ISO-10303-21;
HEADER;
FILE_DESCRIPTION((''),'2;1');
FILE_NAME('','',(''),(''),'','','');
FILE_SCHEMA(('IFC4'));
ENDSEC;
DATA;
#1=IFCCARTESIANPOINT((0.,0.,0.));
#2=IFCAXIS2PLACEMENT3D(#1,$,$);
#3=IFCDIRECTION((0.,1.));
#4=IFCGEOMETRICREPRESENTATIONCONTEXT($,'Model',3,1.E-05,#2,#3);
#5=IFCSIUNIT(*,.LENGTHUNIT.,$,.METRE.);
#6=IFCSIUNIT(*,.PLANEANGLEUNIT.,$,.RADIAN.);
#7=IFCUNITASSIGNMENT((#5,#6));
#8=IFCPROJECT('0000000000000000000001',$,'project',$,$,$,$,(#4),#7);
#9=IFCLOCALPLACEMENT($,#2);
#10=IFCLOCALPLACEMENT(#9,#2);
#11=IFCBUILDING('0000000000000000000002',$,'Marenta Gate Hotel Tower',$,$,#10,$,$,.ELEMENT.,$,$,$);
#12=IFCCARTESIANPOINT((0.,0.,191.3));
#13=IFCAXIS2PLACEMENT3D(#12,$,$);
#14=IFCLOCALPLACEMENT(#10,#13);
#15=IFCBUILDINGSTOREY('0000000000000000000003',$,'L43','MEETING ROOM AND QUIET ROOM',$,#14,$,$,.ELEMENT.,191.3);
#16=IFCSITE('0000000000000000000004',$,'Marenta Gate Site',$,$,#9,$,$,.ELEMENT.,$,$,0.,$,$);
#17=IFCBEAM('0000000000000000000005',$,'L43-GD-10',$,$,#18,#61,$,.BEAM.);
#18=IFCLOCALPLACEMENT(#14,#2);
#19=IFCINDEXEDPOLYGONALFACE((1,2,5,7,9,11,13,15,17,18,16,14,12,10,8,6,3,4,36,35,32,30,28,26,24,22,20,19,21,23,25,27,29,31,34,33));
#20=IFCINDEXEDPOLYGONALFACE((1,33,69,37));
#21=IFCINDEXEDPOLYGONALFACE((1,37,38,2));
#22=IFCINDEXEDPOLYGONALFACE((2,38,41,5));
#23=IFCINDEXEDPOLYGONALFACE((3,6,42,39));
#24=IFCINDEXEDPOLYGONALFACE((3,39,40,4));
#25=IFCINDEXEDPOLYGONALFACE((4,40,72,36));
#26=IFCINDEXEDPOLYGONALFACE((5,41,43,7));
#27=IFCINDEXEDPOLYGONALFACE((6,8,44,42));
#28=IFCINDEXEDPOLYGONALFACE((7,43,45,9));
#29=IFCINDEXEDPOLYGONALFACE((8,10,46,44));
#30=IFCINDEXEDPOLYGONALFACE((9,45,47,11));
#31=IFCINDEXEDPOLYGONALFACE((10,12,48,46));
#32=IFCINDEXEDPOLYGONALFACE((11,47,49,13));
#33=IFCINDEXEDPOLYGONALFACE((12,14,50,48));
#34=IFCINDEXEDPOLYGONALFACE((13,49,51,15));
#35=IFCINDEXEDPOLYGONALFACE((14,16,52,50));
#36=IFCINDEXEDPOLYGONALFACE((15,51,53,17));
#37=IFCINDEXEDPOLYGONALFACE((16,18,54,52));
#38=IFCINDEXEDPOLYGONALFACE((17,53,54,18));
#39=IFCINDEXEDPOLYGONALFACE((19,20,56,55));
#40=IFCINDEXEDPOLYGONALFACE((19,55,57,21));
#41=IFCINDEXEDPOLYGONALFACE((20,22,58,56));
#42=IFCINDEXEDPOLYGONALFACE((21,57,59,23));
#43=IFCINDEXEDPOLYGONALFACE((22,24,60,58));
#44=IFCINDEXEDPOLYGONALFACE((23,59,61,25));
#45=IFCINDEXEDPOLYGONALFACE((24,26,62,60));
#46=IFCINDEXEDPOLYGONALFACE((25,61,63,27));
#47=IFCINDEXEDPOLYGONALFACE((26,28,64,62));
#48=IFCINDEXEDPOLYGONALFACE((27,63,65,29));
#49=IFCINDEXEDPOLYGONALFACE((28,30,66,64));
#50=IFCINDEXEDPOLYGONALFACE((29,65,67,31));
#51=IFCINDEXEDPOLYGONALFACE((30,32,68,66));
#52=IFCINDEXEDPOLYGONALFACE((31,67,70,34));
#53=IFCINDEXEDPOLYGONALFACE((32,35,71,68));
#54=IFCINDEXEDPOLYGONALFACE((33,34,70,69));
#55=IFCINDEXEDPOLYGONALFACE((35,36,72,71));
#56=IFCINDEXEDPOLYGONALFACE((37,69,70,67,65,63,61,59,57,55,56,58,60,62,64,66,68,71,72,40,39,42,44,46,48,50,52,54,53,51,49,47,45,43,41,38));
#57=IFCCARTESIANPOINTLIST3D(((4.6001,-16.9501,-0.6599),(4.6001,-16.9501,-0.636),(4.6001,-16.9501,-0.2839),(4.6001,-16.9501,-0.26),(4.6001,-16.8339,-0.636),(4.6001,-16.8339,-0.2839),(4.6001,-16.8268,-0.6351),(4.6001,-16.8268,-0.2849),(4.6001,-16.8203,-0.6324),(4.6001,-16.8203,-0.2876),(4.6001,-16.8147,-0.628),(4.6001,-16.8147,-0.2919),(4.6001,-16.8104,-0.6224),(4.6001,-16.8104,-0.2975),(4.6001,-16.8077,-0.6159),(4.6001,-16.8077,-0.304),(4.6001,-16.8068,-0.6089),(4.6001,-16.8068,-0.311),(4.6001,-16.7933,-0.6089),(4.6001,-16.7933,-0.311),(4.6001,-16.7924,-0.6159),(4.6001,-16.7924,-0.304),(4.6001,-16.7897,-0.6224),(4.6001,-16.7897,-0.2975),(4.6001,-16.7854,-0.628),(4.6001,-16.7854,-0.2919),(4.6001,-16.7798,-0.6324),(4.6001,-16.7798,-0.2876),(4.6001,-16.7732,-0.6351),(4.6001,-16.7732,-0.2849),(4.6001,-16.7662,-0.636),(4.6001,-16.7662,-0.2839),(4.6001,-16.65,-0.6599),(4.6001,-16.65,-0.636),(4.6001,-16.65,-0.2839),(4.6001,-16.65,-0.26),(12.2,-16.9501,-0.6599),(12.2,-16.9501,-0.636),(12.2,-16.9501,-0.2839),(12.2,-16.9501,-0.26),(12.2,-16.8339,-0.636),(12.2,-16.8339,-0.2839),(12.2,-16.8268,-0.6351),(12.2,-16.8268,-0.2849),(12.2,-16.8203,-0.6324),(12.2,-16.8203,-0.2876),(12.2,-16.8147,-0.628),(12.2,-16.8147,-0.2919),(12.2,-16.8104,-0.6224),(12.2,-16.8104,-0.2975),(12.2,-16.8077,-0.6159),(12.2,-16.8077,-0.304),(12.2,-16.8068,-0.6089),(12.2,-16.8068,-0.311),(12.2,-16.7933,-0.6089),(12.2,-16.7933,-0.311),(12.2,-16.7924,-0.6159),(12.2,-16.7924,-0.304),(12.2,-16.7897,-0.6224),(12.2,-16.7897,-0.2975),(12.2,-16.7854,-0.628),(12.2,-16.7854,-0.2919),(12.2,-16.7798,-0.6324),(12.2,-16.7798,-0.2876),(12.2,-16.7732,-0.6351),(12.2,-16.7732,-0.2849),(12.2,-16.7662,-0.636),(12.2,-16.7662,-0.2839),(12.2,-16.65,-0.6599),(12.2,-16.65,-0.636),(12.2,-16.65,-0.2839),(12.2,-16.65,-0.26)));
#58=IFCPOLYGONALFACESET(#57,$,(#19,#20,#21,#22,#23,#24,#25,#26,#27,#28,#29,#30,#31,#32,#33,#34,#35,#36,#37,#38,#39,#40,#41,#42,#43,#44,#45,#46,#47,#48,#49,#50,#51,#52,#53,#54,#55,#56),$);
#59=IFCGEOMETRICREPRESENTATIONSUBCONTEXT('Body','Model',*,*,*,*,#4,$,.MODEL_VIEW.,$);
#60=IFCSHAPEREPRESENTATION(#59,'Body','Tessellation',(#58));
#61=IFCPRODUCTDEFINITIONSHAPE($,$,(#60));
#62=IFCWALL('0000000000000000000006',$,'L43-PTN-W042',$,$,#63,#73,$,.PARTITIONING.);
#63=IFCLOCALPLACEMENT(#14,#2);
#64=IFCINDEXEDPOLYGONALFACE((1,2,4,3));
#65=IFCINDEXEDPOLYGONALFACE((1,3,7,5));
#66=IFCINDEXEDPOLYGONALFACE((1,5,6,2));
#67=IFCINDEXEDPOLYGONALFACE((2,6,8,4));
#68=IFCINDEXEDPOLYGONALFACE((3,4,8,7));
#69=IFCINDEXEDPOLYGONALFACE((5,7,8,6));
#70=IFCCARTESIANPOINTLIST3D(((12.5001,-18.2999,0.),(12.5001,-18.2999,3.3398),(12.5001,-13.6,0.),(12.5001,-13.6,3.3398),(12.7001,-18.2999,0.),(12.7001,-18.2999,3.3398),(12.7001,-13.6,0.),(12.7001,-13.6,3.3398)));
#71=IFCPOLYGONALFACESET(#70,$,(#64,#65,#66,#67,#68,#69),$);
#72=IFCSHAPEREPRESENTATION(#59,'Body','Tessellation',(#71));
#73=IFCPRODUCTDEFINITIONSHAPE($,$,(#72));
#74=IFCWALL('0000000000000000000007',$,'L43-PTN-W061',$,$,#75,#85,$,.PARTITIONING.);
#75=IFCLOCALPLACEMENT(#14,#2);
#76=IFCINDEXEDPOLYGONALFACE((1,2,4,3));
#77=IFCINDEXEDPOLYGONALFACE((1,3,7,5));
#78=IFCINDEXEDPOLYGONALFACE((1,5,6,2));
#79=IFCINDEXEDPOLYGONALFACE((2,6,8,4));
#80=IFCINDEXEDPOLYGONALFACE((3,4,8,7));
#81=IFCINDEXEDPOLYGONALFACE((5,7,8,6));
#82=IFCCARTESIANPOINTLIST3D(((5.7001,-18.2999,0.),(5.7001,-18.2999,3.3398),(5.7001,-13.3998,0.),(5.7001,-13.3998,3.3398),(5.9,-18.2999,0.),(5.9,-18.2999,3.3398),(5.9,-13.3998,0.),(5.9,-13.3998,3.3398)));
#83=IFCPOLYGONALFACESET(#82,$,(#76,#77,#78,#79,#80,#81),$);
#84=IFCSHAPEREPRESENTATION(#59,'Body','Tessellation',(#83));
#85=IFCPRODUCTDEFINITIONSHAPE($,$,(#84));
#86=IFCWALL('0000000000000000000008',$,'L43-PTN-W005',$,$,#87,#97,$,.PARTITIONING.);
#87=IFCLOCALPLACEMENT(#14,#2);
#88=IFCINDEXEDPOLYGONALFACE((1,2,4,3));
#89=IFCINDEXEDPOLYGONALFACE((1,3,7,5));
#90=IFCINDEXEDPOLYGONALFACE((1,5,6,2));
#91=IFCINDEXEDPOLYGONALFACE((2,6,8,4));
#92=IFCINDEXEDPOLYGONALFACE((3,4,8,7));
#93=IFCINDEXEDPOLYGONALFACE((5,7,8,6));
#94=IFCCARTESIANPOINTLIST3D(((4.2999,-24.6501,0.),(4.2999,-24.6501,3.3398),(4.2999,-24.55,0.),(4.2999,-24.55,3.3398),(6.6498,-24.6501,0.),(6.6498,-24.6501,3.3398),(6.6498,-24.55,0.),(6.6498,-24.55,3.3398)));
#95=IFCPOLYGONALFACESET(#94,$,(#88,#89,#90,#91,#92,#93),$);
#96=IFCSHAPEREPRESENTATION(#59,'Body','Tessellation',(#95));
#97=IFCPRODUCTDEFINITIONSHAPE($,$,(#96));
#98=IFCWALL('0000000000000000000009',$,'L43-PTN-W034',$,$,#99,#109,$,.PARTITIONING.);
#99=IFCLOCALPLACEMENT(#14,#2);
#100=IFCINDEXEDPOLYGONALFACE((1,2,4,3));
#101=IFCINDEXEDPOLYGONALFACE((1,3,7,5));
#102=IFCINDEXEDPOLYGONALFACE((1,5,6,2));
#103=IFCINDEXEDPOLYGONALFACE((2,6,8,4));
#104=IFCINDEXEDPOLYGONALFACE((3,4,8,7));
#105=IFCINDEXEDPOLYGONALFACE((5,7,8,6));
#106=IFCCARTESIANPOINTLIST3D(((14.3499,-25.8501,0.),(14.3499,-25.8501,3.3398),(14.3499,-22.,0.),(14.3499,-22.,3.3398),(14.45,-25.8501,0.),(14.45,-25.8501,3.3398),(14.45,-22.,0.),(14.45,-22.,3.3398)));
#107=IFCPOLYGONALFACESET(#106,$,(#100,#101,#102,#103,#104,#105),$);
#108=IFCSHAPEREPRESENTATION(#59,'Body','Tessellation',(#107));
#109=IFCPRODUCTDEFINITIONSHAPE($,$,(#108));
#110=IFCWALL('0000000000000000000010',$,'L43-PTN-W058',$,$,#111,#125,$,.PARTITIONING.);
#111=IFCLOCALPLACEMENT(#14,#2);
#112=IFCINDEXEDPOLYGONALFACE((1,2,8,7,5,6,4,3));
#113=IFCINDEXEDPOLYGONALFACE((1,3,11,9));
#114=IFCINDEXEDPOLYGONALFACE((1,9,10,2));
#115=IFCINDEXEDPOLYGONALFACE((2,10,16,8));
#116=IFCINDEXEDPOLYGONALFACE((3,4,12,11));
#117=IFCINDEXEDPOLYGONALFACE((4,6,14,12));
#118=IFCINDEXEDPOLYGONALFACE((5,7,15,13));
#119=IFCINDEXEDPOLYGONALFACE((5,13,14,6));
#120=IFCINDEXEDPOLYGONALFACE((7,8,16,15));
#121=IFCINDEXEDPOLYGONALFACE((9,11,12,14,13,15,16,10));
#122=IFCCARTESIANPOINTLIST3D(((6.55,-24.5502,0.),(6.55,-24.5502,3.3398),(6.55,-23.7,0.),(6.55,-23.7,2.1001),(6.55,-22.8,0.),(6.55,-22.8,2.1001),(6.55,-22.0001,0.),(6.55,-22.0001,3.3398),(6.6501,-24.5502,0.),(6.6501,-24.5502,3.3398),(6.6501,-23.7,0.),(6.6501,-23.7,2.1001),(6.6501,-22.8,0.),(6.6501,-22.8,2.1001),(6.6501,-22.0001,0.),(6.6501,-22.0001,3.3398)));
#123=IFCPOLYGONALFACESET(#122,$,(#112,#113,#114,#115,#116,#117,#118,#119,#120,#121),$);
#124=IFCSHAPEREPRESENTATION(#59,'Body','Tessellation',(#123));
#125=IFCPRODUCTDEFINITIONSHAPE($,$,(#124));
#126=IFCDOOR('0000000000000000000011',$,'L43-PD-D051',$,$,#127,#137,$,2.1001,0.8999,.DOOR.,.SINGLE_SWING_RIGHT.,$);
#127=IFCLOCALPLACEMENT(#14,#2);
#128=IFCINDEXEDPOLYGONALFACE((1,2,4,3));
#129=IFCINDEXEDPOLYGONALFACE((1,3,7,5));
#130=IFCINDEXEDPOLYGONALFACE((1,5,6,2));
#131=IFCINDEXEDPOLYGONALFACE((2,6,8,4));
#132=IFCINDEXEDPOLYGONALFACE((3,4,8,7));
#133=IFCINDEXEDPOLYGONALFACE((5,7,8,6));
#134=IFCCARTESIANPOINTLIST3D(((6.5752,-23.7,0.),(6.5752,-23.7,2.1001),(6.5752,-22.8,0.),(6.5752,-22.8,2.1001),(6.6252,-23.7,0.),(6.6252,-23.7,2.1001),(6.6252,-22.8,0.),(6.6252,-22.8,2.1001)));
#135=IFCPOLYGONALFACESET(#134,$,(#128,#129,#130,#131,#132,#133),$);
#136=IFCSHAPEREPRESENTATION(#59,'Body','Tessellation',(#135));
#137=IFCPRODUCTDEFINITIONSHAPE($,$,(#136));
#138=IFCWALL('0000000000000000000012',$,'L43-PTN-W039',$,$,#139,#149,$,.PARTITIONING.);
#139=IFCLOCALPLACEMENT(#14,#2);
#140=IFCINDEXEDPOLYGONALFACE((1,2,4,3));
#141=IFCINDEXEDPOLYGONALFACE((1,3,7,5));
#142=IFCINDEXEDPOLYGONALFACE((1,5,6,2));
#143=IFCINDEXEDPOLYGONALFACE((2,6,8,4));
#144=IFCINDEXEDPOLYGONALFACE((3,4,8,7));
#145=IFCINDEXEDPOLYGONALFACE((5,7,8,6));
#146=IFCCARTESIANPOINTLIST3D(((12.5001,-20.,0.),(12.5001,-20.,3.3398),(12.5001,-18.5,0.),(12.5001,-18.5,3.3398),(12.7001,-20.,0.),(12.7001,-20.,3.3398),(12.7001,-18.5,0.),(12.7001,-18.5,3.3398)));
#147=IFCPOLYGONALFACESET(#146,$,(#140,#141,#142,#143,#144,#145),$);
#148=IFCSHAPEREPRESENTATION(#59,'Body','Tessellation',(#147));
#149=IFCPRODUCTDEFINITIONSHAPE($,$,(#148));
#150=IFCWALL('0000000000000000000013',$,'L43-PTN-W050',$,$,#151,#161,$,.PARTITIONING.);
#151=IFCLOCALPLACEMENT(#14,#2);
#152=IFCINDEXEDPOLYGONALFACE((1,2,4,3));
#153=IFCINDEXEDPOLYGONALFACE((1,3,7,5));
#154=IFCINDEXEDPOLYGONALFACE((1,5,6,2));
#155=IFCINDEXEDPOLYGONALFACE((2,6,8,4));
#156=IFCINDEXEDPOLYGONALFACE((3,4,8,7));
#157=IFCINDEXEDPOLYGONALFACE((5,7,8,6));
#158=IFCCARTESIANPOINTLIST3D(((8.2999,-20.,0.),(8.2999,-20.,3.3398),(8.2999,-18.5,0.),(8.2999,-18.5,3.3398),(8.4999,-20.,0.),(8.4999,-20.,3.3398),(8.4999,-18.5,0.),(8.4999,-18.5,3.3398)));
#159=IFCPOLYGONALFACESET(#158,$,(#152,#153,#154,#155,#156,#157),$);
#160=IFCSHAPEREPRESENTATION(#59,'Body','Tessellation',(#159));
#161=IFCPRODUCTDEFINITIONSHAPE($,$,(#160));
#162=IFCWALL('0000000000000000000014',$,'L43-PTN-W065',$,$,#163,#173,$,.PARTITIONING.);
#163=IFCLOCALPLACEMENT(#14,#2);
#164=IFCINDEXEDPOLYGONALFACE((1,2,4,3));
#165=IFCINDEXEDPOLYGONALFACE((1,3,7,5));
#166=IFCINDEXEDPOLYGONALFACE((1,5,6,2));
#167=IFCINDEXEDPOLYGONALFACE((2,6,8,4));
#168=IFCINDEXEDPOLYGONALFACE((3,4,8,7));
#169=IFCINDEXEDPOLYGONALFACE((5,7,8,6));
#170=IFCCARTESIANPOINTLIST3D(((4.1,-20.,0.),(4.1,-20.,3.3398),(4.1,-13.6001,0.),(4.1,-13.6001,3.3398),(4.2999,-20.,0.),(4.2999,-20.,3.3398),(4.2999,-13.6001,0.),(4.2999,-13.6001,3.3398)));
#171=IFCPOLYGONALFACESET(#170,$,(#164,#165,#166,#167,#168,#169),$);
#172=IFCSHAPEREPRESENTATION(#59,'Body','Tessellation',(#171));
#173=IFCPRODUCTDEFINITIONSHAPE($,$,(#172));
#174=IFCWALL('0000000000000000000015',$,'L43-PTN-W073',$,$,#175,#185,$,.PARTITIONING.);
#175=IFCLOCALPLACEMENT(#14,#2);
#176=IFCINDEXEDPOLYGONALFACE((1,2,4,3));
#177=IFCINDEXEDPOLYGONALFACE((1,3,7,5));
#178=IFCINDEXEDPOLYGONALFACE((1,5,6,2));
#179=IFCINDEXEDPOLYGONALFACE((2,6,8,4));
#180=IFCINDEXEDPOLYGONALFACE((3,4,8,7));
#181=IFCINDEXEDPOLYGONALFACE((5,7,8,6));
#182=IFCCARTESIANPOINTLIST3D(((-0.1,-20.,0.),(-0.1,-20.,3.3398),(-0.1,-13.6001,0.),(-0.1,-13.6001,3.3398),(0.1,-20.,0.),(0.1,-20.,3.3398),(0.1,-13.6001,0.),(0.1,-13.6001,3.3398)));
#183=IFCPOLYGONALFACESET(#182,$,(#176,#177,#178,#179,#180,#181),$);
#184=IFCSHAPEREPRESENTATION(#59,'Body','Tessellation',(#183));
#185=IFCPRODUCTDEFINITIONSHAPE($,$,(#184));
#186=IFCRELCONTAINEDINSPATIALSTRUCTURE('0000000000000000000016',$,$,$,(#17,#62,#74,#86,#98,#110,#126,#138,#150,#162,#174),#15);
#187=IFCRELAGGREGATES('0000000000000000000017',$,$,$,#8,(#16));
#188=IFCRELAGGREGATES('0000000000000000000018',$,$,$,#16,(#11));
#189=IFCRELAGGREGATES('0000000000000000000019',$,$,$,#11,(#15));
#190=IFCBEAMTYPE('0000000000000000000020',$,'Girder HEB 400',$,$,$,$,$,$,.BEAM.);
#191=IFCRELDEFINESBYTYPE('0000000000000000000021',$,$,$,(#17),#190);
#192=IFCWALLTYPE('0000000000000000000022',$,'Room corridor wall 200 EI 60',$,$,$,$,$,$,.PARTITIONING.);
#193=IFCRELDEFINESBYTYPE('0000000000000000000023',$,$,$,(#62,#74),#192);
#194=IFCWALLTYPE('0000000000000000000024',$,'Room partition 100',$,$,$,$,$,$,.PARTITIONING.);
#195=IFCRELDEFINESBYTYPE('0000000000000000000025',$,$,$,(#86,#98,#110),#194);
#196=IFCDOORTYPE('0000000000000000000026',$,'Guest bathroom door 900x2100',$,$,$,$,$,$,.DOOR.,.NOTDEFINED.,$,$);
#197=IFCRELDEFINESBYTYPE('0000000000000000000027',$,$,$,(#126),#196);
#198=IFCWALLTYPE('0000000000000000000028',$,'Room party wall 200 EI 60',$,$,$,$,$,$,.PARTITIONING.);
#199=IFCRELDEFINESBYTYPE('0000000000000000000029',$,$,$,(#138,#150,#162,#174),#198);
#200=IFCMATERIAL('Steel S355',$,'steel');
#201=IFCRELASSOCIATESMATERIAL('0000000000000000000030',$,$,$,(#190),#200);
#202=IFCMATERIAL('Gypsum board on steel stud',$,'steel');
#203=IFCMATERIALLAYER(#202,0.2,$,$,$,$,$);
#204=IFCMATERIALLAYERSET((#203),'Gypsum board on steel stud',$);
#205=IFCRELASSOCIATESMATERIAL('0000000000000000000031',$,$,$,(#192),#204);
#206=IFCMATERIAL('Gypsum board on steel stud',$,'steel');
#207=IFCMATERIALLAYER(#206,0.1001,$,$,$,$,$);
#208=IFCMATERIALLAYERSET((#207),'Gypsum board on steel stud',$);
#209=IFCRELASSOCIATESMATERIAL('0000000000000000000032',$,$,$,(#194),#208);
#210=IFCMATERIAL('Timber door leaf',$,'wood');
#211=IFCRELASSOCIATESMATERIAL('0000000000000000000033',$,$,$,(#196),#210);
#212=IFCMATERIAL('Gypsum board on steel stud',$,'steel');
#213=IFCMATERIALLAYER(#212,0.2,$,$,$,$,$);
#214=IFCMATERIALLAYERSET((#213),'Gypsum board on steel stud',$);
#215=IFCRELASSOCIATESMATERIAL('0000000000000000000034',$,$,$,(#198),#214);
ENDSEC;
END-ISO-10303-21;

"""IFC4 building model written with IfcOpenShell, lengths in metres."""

from ifc_helpers import new_model, si_unit, direction, frame, frame_2d, origin, origin_2d, place, context, subcontext, project, spatial, rectangle, i_section, extrude, material, layer, layer_set, material_profile, profile_set, type_object, element, fill, save


model = new_model("IFC4")

# Units and contexts
model_context = context("Model", 3, precision=1e-05, world=origin(), true_north=direction((0.0, 1.0)))
body_context = subcontext(model_context, "Body", "Model", "MODEL_VIEW")
ifc_project = project(units=[si_unit("LENGTHUNIT", "METRE"), si_unit("PLANEANGLEUNIT", "RADIAN")], contexts=[model_context])

# Site, building, storey
site_placement = place(None, origin())
site = spatial("IfcSite", under=ifc_project, at=site_placement, Name="Marenta Gate Site", CompositionType="ELEMENT", RefElevation=0.0)
building_placement = place(site_placement, origin())
building = spatial("IfcBuilding", under=site, at=building_placement, Name="Marenta Gate Hotel Tower", CompositionType="ELEMENT")
storey_placement = place(building_placement, frame((0.0, 0.0, 191.3)))
storey = spatial("IfcBuildingStorey", under=building, at=storey_placement, Name="L43", Description="MEETING ROOM AND QUIET ROOM", CompositionType="ELEMENT", Elevation=191.3)

# Beam
ifc_material_1 = material(Name="Steel S355", Category="steel")
ifc_material_profile_1 = material_profile(ifc_material_1, i_section(OverallWidth=0.3, OverallDepth=0.3999, WebThickness=0.0134, FlangeThickness=0.0239, FilletRadius=0.0271, at=origin_2d()), Name="HEB 400")
ifc_profile_set_1 = profile_set([ifc_material_profile_1], Name="Steel S355")
beam_type_1 = type_object("IfcBeamType", Name="Girder HEB 400", PredefinedType="BEAM", material=ifc_profile_set_1)
beam_1_placement = place(storey_placement, frame((4.6001, -16.8, -0.46), z_axis=(1.0, 0.0, 0.0), x_axis=(0.0, 1.0, 0.0)))
element("IfcBeam", 1, at=beam_1_placement, inside=storey, type_object=beam_type_1, Name="L43-GD-10", PredefinedType="BEAM", context=body_context, shape_type="SweptSolid", body=[
    extrude(i_section(OverallWidth=0.3, OverallDepth=0.3999, WebThickness=0.0134, FlangeThickness=0.0239, FilletRadius=0.0271, at=origin_2d()), origin(), (0.0, 0.0, 1.0), 7.5999),
])

# Shared definitions
ifc_material_2 = material(Name="Gypsum board on steel stud", Category="steel")
ifc_layer_1 = layer(ifc_material_2, 0.2)
ifc_layer_set_1 = layer_set([ifc_layer_1], Name="Gypsum board on steel stud")
wall_type_1 = type_object("IfcWallType", Name="Room corridor wall 200 EI 60", PredefinedType="PARTITIONING", material=ifc_layer_set_1)

# Walls
wall_1_placement = place(storey_placement, frame((12.6001, -18.3, 0.0), z_axis=(0.0, 0.0, 1.0), x_axis=(0.0, 1.0, 0.0)))
element("IfcWall", 2, at=wall_1_placement, inside=storey, type_object=wall_type_1, Name="L43-PTN-W042", PredefinedType="PARTITIONING", context=body_context, shape_type="SweptSolid", body=[
    extrude(rectangle(XDim=4.7, YDim=0.2, at=frame_2d((2.3501, 0.0))), origin(), (0.0, 0.0, 1.0), 3.3398),
])
wall_2_placement = place(storey_placement, frame((5.8, -18.3, 0.0), z_axis=(0.0, 0.0, 1.0), x_axis=(0.0, 1.0, 0.0)))
element("IfcWall", 3, at=wall_2_placement, inside=storey, type_object=wall_type_1, Name="L43-PTN-W061", PredefinedType="PARTITIONING", context=body_context, shape_type="SweptSolid", body=[
    extrude(rectangle(XDim=4.9001, YDim=0.2, at=frame_2d((2.4502, 0.0))), origin(), (0.0, 0.0, 1.0), 3.3398),
])
ifc_material_3 = material(Name="Gypsum board on steel stud", Category="steel")
ifc_layer_2 = layer(ifc_material_3, 0.1001)
ifc_layer_set_2 = layer_set([ifc_layer_2], Name="Gypsum board on steel stud")
wall_type_2 = type_object("IfcWallType", Name="Room partition 100", PredefinedType="PARTITIONING", material=ifc_layer_set_2)
wall_3_placement = place(storey_placement, frame((4.3, -24.6001, 0.0), z_axis=(0.0, 0.0, 1.0), x_axis=(1.0, 0.0, 0.0)))
element("IfcWall", 4, at=wall_3_placement, inside=storey, type_object=wall_type_2, Name="L43-PTN-W005", PredefinedType="PARTITIONING", context=body_context, shape_type="SweptSolid", body=[
    extrude(rectangle(XDim=2.3499, YDim=0.1001, at=frame_2d((1.1748, 0.0))), origin(), (0.0, 0.0, 1.0), 3.3398),
])
wall_4_placement = place(storey_placement, frame((14.3999, -25.8501, 0.0), z_axis=(0.0, 0.0, 1.0), x_axis=(0.0, 1.0, 0.0)))
element("IfcWall", 5, at=wall_4_placement, inside=storey, type_object=wall_type_2, Name="L43-PTN-W034", PredefinedType="PARTITIONING", context=body_context, shape_type="SweptSolid", body=[
    extrude(rectangle(XDim=3.8501, YDim=0.1001, at=frame_2d((1.925, 0.0))), origin(), (0.0, 0.0, 1.0), 3.3398),
])

# Wall, opening, door
wall_5_placement = place(storey_placement, frame((6.6001, -24.55, 0.0), z_axis=(0.0, 0.0, 1.0), x_axis=(0.0, 1.0, 0.0)))
wall_5 = element("IfcWall", 6, at=wall_5_placement, inside=storey, type_object=wall_type_2, Name="L43-PTN-W058", PredefinedType="PARTITIONING", context=body_context, shape_type="SweptSolid", body=[
    extrude(rectangle(XDim=2.55, YDim=0.1001, at=frame_2d((1.2749, 0.0))), origin(), (0.0, 0.0, 1.0), 3.3398),
])
opening_1_placement = place(wall_5_placement, frame((0.8501, 0.0, 0.0)))
opening_1 = element("IfcOpeningElement", 7, at=opening_1_placement, cuts=wall_5, PredefinedType="OPENING", context=body_context, shape_type="SweptSolid", body=[
    extrude(rectangle(XDim=0.8999, YDim=2.1001, at=frame_2d((0.45, 1.05))), frame((0.0, 0.05, 0.0), z_axis=(0.0, -1.0, 0.0), x_axis=(1.0, 0.0, 0.0)), (0.0, 0.0, 1.0), 0.1001),
])
ifc_material_4 = material(Name="Timber door leaf", Category="wood")
door_type_1 = type_object("IfcDoorType", Name="Guest bathroom door 900x2100", OperationType="NOTDEFINED", PredefinedType="DOOR", material=ifc_material_4)
door_1_placement = place(opening_1_placement, origin())
door_1 = element("IfcDoor", 8, at=door_1_placement, inside=storey, type_object=door_type_1, Name="L43-PD-D051", OperationType="SINGLE_SWING_RIGHT", OverallHeight=2.1001, OverallWidth=0.8999, PredefinedType="DOOR", context=body_context, shape_type="SweptSolid", body=[
    extrude(rectangle(XDim=0.8999, YDim=2.1001, at=frame_2d((0.45, 1.05))), frame((0.0, 0.0249, 0.0), z_axis=(0.0, -1.0, 0.0), x_axis=(1.0, 0.0, 0.0)), (0.0, 0.0, 1.0), 0.05),
])
fill(opening_1, door_1)

# Walls
ifc_material_5 = material(Name="Gypsum board on steel stud", Category="steel")
ifc_layer_3 = layer(ifc_material_5, 0.2)
ifc_layer_set_3 = layer_set([ifc_layer_3], Name="Gypsum board on steel stud")
wall_type_3 = type_object("IfcWallType", Name="Room party wall 200 EI 60", PredefinedType="PARTITIONING", material=ifc_layer_set_3)
for number, where, z_axis, x_axis, name in (
    (9, (12.6001, -20.0, 0.0), (0.0, 0.0, 1.0), (0.0, 1.0, 0.0), "L43-PTN-W039"),
    (10, (8.3999, -20.0, 0.0), (0.0, 0.0, 1.0), (0.0, 1.0, 0.0), "L43-PTN-W050"),
):
    element("IfcWall", number, at=place(storey_placement, frame(where, z_axis=z_axis, x_axis=x_axis)), inside=storey, type_object=wall_type_3, Name=name, PredefinedType="PARTITIONING", context=body_context, shape_type="SweptSolid", body=[
        extrude(rectangle(XDim=1.5, YDim=0.2, at=frame_2d((0.75, 0.0))), origin(), (0.0, 0.0, 1.0), 3.3398),
    ])
for number, where, z_axis, x_axis, name in (
    (11, (4.2, -20.0, 0.0), (0.0, 0.0, 1.0), (0.0, 1.0, 0.0), "L43-PTN-W065"),
    (12, (0.0, -20.0, 0.0), (0.0, 0.0, 1.0), (0.0, 1.0, 0.0), "L43-PTN-W073"),
):
    element("IfcWall", number, at=place(storey_placement, frame(where, z_axis=z_axis, x_axis=x_axis)), inside=storey, type_object=wall_type_3, Name=name, PredefinedType="PARTITIONING", context=body_context, shape_type="SweptSolid", body=[
        extrude(rectangle(XDim=6.3999, YDim=0.2, at=frame_2d((3.2, 0.0))), origin(), (0.0, 0.0, 1.0), 3.3398),
    ])

save(model, "model.ifc")
